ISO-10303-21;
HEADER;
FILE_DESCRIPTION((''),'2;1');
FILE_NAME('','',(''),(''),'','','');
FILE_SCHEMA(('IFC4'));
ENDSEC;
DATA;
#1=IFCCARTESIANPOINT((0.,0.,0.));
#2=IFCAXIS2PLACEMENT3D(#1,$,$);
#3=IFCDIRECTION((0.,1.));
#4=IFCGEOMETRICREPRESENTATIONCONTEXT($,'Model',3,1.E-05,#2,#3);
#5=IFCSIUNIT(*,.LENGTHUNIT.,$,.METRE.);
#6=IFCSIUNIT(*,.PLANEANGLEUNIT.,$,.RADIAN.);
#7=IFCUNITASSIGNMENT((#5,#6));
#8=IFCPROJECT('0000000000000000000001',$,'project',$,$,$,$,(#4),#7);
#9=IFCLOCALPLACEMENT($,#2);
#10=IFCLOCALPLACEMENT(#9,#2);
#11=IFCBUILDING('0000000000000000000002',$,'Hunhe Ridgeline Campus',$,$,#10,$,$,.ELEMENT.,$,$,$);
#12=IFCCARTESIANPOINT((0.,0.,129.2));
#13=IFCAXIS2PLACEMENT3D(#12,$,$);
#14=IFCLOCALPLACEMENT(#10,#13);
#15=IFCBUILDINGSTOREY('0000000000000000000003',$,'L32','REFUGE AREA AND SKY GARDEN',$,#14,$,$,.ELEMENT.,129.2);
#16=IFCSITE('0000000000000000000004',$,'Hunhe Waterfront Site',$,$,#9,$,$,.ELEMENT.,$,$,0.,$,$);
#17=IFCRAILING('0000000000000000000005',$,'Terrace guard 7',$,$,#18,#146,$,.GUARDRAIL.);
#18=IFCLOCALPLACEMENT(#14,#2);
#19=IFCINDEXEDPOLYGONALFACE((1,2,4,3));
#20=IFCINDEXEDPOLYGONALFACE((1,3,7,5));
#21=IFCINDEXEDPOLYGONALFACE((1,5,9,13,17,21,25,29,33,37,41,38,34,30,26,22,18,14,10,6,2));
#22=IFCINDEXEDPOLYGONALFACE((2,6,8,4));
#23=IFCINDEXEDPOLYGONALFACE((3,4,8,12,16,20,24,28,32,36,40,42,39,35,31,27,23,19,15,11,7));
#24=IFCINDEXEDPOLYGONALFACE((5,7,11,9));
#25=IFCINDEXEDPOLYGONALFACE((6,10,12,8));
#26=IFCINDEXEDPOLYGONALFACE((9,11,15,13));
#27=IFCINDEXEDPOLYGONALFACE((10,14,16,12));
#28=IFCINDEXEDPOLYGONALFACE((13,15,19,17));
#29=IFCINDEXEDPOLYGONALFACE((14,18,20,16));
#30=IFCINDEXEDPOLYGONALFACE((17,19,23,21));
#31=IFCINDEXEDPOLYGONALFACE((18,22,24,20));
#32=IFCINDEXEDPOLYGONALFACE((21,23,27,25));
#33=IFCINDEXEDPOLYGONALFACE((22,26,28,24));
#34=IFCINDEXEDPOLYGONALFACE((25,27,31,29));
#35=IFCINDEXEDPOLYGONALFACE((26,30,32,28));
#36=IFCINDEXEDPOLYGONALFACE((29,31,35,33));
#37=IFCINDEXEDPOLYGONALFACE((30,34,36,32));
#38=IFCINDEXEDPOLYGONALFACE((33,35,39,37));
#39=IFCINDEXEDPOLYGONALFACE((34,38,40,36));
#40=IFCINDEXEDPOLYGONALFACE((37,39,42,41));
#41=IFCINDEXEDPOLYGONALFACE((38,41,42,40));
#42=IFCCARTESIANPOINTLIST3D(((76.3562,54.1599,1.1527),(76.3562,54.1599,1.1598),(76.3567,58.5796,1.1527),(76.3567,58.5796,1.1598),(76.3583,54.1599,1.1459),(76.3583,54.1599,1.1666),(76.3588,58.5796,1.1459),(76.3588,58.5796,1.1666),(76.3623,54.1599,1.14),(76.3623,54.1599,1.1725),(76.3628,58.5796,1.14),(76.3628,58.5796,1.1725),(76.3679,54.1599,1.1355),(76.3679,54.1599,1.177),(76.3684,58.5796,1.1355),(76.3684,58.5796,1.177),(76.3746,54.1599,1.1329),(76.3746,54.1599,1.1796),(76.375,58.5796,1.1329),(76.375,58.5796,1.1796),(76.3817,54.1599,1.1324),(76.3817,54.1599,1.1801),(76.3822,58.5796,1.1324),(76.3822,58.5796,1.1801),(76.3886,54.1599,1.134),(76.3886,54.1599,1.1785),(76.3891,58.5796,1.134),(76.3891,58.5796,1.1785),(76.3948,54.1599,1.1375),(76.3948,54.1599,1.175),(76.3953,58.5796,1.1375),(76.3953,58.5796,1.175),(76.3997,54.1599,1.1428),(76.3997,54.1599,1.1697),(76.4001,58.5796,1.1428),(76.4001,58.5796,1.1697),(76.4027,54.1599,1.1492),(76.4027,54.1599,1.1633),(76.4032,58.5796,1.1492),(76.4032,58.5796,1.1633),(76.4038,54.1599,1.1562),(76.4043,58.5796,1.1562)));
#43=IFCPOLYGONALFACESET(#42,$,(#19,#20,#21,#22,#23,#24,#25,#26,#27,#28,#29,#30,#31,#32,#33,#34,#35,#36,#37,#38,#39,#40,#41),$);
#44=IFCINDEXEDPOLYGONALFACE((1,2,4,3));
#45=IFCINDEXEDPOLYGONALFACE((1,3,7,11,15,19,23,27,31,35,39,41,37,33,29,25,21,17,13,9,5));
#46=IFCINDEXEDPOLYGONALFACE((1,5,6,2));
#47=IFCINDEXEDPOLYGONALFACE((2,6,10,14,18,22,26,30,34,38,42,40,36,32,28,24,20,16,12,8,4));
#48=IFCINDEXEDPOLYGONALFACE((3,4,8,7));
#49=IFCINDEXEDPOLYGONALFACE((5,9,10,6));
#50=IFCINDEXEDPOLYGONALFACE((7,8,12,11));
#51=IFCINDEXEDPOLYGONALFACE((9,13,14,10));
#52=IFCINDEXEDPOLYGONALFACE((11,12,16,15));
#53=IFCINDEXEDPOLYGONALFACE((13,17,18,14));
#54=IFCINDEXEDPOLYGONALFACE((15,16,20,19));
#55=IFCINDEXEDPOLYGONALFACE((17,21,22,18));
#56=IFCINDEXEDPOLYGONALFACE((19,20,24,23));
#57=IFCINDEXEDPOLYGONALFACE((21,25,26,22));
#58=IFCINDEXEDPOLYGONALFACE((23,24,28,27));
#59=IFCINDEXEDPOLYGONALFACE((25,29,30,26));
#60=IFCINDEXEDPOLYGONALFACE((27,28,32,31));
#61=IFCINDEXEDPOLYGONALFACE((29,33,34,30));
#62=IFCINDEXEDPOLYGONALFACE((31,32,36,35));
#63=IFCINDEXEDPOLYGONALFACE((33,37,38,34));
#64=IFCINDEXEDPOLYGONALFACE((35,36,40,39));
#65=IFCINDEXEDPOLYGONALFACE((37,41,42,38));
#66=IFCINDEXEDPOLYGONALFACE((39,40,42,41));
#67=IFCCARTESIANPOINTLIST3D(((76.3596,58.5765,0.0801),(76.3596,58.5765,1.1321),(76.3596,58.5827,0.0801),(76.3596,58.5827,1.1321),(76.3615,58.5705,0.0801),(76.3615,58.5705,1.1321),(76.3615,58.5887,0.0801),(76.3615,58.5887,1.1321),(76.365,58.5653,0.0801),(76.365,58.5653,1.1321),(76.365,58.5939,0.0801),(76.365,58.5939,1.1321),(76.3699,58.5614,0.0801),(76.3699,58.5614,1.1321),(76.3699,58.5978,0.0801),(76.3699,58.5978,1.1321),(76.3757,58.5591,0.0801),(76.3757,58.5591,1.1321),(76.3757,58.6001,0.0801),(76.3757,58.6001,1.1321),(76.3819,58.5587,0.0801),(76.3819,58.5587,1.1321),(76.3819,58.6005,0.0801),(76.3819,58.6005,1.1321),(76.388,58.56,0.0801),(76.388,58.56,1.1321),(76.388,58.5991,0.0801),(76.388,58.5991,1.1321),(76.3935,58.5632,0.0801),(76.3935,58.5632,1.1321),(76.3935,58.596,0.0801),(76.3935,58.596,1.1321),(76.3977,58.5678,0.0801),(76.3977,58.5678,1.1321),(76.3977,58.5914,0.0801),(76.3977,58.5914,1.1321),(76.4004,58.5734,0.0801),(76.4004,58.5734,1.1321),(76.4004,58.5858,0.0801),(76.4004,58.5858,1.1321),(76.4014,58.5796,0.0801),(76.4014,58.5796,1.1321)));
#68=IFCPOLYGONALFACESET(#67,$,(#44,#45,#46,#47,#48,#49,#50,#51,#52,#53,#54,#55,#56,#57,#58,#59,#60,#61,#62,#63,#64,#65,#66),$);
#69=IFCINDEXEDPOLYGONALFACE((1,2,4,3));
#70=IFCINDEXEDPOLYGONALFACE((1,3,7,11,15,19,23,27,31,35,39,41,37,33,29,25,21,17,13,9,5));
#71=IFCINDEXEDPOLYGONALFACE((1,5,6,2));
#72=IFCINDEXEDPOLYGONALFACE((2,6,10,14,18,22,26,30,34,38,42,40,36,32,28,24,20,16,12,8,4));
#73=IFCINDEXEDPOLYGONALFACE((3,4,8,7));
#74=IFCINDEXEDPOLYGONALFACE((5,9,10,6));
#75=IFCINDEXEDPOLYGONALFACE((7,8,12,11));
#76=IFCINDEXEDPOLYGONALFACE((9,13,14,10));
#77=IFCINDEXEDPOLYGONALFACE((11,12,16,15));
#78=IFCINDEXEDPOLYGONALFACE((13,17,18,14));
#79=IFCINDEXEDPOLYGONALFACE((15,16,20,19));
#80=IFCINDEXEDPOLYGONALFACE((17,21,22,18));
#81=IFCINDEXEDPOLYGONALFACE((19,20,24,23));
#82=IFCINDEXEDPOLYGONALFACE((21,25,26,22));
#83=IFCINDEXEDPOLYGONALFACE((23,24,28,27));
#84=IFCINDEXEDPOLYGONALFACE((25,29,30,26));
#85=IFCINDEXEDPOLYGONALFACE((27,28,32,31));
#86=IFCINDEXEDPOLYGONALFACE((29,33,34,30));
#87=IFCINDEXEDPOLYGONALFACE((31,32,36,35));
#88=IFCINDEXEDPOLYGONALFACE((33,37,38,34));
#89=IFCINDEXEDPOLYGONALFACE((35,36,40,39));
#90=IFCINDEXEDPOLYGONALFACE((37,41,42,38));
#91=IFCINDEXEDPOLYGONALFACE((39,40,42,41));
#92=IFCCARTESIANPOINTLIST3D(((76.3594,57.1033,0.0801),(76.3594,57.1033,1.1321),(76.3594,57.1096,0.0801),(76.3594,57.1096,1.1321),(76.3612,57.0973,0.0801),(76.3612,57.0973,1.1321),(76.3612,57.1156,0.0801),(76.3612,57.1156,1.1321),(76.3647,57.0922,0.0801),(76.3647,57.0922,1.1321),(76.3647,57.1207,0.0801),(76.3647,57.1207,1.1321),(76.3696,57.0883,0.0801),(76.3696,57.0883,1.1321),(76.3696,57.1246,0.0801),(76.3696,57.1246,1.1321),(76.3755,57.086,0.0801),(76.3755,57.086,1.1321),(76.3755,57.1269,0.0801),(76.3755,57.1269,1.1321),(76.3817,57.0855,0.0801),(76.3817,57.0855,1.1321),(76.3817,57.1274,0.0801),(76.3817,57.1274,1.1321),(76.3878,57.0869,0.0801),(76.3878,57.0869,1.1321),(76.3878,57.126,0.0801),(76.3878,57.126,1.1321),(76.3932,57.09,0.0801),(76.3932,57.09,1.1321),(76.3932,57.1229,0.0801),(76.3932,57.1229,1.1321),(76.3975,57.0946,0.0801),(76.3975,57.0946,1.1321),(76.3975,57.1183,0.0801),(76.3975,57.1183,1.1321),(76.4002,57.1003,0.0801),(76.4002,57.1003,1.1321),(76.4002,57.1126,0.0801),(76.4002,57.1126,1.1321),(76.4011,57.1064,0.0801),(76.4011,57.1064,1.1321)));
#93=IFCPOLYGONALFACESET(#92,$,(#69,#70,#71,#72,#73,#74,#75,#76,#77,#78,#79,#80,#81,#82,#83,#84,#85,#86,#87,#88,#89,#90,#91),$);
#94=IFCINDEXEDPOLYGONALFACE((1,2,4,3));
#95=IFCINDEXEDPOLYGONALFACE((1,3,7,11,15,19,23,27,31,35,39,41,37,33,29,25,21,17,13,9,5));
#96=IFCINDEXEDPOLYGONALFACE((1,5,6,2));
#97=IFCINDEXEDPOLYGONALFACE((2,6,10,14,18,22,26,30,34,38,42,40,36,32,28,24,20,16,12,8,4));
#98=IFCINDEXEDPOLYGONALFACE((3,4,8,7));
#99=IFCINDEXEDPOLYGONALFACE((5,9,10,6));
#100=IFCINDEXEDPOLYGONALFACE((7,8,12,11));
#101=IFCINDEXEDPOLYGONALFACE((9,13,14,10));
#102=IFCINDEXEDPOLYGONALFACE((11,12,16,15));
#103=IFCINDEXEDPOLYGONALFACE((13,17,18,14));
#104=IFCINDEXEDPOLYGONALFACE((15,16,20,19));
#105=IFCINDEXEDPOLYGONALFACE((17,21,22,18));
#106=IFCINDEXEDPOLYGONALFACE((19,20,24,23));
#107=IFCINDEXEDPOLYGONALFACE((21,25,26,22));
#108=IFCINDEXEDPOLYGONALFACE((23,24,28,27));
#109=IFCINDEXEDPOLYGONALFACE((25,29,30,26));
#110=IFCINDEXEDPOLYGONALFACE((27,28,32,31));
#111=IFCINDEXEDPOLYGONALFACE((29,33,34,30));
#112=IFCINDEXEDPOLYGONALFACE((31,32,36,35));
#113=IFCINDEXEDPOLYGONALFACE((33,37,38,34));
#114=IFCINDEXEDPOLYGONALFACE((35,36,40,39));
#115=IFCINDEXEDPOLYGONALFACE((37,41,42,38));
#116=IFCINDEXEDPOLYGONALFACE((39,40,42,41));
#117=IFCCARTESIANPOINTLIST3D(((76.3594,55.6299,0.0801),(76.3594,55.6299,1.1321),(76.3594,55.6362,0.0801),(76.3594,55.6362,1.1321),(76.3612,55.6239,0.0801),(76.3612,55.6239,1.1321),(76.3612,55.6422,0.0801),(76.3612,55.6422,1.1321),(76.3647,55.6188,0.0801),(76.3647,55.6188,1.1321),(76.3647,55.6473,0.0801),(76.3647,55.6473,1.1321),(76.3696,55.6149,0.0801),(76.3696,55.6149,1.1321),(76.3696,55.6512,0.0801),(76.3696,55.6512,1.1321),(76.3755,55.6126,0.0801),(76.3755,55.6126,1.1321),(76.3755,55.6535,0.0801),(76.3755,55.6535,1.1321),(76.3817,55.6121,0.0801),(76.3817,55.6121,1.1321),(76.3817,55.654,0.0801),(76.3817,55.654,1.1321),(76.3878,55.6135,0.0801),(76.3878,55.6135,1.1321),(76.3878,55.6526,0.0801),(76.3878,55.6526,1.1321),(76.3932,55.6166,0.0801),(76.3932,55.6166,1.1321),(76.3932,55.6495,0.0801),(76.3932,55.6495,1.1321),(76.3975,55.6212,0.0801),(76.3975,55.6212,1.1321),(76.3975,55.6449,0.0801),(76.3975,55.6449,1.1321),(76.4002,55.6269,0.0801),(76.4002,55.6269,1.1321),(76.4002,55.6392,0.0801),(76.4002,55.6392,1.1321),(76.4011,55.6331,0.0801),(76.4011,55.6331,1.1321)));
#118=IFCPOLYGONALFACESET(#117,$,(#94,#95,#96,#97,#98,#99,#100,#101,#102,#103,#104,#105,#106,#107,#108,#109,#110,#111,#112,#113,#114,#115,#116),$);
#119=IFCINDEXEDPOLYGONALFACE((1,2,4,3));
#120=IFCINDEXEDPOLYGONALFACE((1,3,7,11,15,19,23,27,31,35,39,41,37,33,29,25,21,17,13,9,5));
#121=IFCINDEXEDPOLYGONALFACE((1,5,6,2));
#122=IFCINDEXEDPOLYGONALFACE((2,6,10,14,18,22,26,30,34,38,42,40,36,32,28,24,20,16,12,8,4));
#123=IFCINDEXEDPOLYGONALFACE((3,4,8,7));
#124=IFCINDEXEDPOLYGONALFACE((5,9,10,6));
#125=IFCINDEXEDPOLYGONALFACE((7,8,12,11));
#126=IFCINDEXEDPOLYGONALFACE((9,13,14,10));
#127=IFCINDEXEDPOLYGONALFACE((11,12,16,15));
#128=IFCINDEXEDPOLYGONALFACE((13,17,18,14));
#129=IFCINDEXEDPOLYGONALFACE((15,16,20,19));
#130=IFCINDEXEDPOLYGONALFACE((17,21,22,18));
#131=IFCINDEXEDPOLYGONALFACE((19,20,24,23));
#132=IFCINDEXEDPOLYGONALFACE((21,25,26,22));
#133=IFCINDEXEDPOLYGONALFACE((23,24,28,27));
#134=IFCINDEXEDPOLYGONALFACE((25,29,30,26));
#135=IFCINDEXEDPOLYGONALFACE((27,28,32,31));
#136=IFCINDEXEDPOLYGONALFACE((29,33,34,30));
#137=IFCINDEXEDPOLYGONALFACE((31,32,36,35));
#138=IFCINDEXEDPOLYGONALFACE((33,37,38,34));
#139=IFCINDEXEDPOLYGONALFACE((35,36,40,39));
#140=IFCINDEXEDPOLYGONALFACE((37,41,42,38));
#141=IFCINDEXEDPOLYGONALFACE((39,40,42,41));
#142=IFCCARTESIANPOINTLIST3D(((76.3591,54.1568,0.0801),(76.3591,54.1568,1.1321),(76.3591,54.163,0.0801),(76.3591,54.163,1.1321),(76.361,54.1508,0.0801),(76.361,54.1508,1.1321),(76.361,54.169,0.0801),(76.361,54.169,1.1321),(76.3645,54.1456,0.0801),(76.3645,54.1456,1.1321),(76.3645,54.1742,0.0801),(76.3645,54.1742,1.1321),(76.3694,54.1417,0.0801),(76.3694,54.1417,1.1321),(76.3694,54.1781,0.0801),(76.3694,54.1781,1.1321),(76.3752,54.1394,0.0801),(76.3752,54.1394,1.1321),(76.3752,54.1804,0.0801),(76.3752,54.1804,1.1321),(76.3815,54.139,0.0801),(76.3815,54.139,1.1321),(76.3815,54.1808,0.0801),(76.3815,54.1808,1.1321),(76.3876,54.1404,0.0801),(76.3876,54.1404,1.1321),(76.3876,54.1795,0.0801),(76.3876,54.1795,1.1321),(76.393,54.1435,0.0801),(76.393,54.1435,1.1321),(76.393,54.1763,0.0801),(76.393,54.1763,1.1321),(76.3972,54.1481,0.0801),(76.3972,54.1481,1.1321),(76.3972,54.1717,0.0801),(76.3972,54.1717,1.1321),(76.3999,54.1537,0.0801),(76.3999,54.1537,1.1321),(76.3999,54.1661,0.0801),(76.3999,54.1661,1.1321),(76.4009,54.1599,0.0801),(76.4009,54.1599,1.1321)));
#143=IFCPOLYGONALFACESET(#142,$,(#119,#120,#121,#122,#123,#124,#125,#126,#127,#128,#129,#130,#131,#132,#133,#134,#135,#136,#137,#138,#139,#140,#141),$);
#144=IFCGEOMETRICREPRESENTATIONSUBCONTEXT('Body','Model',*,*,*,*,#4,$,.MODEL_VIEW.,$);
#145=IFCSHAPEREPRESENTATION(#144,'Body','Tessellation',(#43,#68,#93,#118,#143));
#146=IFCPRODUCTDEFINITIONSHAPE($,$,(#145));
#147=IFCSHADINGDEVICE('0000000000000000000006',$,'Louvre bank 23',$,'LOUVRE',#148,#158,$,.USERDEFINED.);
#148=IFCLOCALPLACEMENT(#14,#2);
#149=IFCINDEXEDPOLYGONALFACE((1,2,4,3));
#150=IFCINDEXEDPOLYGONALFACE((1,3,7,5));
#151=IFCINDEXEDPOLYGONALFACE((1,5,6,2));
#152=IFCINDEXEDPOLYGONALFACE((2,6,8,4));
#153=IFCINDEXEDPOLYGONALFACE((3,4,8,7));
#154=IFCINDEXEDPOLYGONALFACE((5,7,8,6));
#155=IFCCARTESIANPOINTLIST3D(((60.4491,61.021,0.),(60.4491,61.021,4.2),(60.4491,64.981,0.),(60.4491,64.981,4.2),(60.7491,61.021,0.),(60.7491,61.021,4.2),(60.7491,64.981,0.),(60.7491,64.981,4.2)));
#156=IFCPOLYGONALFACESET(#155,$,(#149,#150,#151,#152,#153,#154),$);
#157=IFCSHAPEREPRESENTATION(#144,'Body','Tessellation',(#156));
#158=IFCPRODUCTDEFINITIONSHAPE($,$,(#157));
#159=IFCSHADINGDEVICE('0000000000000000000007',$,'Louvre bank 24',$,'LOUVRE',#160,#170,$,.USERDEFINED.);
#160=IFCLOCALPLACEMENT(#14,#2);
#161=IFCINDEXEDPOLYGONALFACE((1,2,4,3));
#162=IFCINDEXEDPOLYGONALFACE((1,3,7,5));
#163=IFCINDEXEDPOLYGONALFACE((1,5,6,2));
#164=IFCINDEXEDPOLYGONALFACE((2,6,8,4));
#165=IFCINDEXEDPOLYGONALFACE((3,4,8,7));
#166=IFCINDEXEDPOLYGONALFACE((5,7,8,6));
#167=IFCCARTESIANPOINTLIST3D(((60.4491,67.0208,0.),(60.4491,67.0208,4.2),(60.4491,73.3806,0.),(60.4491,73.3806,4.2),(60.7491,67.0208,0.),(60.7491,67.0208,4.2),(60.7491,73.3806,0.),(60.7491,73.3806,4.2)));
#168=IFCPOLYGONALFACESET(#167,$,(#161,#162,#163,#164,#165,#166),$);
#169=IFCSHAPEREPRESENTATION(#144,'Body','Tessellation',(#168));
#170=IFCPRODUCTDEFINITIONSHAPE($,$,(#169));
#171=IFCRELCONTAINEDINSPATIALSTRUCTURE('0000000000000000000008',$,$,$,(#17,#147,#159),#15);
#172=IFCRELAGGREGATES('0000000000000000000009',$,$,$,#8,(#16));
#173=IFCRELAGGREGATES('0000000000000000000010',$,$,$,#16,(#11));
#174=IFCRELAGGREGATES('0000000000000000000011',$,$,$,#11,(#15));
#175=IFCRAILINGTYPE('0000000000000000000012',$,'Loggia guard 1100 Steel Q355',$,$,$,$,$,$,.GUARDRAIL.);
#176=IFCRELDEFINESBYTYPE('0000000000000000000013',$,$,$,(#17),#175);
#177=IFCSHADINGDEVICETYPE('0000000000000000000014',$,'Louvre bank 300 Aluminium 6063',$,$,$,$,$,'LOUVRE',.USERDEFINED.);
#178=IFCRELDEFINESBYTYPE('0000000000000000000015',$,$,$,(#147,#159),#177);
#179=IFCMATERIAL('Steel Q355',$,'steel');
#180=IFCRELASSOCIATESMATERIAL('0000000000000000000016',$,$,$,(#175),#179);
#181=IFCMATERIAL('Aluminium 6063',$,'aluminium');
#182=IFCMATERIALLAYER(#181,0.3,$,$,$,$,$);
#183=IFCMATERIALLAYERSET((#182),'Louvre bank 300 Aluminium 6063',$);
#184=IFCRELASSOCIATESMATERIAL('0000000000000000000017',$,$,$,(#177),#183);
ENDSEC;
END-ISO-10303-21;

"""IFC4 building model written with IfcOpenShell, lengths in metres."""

from ifc_helpers import new_model, si_unit, direction, frame, origin, origin_2d, place, context, subcontext, project, spatial, rectangle, circle, extrude, material, layer, layer_set, type_object, element, save


model = new_model("IFC4")

# Units and contexts
model_context = context("Model", 3, precision=1e-05, world=origin(), true_north=direction((0.0, 1.0)))
body_context = subcontext(model_context, "Body", "Model", "MODEL_VIEW")
ifc_project = project(units=[si_unit("LENGTHUNIT", "METRE"), si_unit("PLANEANGLEUNIT", "RADIAN")], contexts=[model_context])

# Site, building, storey
site_placement = place(None, origin())
site = spatial("IfcSite", under=ifc_project, at=site_placement, Name="Hunhe Waterfront Site", CompositionType="ELEMENT", RefElevation=0.0)
building_placement = place(site_placement, origin())
building = spatial("IfcBuilding", under=site, at=building_placement, Name="Hunhe Ridgeline Campus", CompositionType="ELEMENT")
storey_placement = place(building_placement, frame((0.0, 0.0, 129.2)))
storey = spatial("IfcBuildingStorey", under=building, at=storey_placement, Name="L32", Description="REFUGE AREA AND SKY GARDEN", CompositionType="ELEMENT", Elevation=129.2)

# Shared definitions
ifc_material_1 = material(Name="Aluminium 6063", Category="aluminium")

# Railing
ifc_material_2 = material(Name="Steel Q355", Category="steel")
railing_type = type_object("IfcRailingType", Name="Loggia guard 1100 Steel Q355", PredefinedType="GUARDRAIL", material=ifc_material_2)
railing_1_placement = place(storey_placement, frame((76.3804, 58.5796, 0.0801)))
element("IfcRailing", 1, at=railing_1_placement, inside=storey, type_object=railing_type, Name="Terrace guard 7", PredefinedType="GUARDRAIL", context=body_context, shape_type="SweptSolid", body=[
    extrude(circle(Radius=0.0239, at=origin_2d()), frame((0.0, 0.0, 1.0762), z_axis=(-0.00011, -1.0, 0.0), x_axis=(1.0, -0.00011, 0.0)), (0.0, 0.0, 1.0), 4.4197),
    extrude(circle(Radius=0.021, at=origin_2d()), origin(), (0.0, 0.0, 1.0), 1.052),
    extrude(circle(Radius=0.021, at=origin_2d()), frame((-0.0002, -1.4731, 0.0)), (0.0, 0.0, 1.0), 1.052),
    extrude(circle(Radius=0.021, at=origin_2d()), frame((-0.0002, -2.9465, 0.0)), (0.0, 0.0, 1.0), 1.052),
    extrude(circle(Radius=0.021, at=origin_2d()), frame((-0.0005, -4.4197, 0.0)), (0.0, 0.0, 1.0), 1.052),
])

# Shading devices
ifc_layer_1 = layer(ifc_material_1, 0.3)
ifc_layer_set_1 = layer_set([ifc_layer_1], Name="Louvre bank 300 Aluminium 6063")
shading_device_type = type_object("IfcShadingDeviceType", Name="Louvre bank 300 Aluminium 6063", ElementType="LOUVRE", PredefinedType="USERDEFINED", material=ifc_layer_set_1)
shading_device_1_placement = place(storey_placement, frame((60.5991, 63.001, 0.0), z_axis=(0.0, 0.0, 1.0), x_axis=(0.0, 1.0, 0.0)))
element("IfcShadingDevice", 2, at=shading_device_1_placement, inside=storey, type_object=shading_device_type, Name="Louvre bank 23", ObjectType="LOUVRE", PredefinedType="USERDEFINED", context=body_context, shape_type="SweptSolid", body=[
    extrude(rectangle(XDim=3.96, YDim=0.3, at=origin_2d()), origin(), (0.0, 0.0, 1.0), 4.2),
])
shading_device_2_placement = place(storey_placement, frame((60.5991, 70.2007, 0.0), z_axis=(0.0, 0.0, 1.0), x_axis=(0.0, 1.0, 0.0)))
element("IfcShadingDevice", 3, at=shading_device_2_placement, inside=storey, type_object=shading_device_type, Name="Louvre bank 24", ObjectType="LOUVRE", PredefinedType="USERDEFINED", context=body_context, shape_type="SweptSolid", body=[
    extrude(rectangle(XDim=6.3599, YDim=0.3, at=origin_2d()), origin(), (0.0, 0.0, 1.0), 4.2),
])

save(model, "model.ifc")
